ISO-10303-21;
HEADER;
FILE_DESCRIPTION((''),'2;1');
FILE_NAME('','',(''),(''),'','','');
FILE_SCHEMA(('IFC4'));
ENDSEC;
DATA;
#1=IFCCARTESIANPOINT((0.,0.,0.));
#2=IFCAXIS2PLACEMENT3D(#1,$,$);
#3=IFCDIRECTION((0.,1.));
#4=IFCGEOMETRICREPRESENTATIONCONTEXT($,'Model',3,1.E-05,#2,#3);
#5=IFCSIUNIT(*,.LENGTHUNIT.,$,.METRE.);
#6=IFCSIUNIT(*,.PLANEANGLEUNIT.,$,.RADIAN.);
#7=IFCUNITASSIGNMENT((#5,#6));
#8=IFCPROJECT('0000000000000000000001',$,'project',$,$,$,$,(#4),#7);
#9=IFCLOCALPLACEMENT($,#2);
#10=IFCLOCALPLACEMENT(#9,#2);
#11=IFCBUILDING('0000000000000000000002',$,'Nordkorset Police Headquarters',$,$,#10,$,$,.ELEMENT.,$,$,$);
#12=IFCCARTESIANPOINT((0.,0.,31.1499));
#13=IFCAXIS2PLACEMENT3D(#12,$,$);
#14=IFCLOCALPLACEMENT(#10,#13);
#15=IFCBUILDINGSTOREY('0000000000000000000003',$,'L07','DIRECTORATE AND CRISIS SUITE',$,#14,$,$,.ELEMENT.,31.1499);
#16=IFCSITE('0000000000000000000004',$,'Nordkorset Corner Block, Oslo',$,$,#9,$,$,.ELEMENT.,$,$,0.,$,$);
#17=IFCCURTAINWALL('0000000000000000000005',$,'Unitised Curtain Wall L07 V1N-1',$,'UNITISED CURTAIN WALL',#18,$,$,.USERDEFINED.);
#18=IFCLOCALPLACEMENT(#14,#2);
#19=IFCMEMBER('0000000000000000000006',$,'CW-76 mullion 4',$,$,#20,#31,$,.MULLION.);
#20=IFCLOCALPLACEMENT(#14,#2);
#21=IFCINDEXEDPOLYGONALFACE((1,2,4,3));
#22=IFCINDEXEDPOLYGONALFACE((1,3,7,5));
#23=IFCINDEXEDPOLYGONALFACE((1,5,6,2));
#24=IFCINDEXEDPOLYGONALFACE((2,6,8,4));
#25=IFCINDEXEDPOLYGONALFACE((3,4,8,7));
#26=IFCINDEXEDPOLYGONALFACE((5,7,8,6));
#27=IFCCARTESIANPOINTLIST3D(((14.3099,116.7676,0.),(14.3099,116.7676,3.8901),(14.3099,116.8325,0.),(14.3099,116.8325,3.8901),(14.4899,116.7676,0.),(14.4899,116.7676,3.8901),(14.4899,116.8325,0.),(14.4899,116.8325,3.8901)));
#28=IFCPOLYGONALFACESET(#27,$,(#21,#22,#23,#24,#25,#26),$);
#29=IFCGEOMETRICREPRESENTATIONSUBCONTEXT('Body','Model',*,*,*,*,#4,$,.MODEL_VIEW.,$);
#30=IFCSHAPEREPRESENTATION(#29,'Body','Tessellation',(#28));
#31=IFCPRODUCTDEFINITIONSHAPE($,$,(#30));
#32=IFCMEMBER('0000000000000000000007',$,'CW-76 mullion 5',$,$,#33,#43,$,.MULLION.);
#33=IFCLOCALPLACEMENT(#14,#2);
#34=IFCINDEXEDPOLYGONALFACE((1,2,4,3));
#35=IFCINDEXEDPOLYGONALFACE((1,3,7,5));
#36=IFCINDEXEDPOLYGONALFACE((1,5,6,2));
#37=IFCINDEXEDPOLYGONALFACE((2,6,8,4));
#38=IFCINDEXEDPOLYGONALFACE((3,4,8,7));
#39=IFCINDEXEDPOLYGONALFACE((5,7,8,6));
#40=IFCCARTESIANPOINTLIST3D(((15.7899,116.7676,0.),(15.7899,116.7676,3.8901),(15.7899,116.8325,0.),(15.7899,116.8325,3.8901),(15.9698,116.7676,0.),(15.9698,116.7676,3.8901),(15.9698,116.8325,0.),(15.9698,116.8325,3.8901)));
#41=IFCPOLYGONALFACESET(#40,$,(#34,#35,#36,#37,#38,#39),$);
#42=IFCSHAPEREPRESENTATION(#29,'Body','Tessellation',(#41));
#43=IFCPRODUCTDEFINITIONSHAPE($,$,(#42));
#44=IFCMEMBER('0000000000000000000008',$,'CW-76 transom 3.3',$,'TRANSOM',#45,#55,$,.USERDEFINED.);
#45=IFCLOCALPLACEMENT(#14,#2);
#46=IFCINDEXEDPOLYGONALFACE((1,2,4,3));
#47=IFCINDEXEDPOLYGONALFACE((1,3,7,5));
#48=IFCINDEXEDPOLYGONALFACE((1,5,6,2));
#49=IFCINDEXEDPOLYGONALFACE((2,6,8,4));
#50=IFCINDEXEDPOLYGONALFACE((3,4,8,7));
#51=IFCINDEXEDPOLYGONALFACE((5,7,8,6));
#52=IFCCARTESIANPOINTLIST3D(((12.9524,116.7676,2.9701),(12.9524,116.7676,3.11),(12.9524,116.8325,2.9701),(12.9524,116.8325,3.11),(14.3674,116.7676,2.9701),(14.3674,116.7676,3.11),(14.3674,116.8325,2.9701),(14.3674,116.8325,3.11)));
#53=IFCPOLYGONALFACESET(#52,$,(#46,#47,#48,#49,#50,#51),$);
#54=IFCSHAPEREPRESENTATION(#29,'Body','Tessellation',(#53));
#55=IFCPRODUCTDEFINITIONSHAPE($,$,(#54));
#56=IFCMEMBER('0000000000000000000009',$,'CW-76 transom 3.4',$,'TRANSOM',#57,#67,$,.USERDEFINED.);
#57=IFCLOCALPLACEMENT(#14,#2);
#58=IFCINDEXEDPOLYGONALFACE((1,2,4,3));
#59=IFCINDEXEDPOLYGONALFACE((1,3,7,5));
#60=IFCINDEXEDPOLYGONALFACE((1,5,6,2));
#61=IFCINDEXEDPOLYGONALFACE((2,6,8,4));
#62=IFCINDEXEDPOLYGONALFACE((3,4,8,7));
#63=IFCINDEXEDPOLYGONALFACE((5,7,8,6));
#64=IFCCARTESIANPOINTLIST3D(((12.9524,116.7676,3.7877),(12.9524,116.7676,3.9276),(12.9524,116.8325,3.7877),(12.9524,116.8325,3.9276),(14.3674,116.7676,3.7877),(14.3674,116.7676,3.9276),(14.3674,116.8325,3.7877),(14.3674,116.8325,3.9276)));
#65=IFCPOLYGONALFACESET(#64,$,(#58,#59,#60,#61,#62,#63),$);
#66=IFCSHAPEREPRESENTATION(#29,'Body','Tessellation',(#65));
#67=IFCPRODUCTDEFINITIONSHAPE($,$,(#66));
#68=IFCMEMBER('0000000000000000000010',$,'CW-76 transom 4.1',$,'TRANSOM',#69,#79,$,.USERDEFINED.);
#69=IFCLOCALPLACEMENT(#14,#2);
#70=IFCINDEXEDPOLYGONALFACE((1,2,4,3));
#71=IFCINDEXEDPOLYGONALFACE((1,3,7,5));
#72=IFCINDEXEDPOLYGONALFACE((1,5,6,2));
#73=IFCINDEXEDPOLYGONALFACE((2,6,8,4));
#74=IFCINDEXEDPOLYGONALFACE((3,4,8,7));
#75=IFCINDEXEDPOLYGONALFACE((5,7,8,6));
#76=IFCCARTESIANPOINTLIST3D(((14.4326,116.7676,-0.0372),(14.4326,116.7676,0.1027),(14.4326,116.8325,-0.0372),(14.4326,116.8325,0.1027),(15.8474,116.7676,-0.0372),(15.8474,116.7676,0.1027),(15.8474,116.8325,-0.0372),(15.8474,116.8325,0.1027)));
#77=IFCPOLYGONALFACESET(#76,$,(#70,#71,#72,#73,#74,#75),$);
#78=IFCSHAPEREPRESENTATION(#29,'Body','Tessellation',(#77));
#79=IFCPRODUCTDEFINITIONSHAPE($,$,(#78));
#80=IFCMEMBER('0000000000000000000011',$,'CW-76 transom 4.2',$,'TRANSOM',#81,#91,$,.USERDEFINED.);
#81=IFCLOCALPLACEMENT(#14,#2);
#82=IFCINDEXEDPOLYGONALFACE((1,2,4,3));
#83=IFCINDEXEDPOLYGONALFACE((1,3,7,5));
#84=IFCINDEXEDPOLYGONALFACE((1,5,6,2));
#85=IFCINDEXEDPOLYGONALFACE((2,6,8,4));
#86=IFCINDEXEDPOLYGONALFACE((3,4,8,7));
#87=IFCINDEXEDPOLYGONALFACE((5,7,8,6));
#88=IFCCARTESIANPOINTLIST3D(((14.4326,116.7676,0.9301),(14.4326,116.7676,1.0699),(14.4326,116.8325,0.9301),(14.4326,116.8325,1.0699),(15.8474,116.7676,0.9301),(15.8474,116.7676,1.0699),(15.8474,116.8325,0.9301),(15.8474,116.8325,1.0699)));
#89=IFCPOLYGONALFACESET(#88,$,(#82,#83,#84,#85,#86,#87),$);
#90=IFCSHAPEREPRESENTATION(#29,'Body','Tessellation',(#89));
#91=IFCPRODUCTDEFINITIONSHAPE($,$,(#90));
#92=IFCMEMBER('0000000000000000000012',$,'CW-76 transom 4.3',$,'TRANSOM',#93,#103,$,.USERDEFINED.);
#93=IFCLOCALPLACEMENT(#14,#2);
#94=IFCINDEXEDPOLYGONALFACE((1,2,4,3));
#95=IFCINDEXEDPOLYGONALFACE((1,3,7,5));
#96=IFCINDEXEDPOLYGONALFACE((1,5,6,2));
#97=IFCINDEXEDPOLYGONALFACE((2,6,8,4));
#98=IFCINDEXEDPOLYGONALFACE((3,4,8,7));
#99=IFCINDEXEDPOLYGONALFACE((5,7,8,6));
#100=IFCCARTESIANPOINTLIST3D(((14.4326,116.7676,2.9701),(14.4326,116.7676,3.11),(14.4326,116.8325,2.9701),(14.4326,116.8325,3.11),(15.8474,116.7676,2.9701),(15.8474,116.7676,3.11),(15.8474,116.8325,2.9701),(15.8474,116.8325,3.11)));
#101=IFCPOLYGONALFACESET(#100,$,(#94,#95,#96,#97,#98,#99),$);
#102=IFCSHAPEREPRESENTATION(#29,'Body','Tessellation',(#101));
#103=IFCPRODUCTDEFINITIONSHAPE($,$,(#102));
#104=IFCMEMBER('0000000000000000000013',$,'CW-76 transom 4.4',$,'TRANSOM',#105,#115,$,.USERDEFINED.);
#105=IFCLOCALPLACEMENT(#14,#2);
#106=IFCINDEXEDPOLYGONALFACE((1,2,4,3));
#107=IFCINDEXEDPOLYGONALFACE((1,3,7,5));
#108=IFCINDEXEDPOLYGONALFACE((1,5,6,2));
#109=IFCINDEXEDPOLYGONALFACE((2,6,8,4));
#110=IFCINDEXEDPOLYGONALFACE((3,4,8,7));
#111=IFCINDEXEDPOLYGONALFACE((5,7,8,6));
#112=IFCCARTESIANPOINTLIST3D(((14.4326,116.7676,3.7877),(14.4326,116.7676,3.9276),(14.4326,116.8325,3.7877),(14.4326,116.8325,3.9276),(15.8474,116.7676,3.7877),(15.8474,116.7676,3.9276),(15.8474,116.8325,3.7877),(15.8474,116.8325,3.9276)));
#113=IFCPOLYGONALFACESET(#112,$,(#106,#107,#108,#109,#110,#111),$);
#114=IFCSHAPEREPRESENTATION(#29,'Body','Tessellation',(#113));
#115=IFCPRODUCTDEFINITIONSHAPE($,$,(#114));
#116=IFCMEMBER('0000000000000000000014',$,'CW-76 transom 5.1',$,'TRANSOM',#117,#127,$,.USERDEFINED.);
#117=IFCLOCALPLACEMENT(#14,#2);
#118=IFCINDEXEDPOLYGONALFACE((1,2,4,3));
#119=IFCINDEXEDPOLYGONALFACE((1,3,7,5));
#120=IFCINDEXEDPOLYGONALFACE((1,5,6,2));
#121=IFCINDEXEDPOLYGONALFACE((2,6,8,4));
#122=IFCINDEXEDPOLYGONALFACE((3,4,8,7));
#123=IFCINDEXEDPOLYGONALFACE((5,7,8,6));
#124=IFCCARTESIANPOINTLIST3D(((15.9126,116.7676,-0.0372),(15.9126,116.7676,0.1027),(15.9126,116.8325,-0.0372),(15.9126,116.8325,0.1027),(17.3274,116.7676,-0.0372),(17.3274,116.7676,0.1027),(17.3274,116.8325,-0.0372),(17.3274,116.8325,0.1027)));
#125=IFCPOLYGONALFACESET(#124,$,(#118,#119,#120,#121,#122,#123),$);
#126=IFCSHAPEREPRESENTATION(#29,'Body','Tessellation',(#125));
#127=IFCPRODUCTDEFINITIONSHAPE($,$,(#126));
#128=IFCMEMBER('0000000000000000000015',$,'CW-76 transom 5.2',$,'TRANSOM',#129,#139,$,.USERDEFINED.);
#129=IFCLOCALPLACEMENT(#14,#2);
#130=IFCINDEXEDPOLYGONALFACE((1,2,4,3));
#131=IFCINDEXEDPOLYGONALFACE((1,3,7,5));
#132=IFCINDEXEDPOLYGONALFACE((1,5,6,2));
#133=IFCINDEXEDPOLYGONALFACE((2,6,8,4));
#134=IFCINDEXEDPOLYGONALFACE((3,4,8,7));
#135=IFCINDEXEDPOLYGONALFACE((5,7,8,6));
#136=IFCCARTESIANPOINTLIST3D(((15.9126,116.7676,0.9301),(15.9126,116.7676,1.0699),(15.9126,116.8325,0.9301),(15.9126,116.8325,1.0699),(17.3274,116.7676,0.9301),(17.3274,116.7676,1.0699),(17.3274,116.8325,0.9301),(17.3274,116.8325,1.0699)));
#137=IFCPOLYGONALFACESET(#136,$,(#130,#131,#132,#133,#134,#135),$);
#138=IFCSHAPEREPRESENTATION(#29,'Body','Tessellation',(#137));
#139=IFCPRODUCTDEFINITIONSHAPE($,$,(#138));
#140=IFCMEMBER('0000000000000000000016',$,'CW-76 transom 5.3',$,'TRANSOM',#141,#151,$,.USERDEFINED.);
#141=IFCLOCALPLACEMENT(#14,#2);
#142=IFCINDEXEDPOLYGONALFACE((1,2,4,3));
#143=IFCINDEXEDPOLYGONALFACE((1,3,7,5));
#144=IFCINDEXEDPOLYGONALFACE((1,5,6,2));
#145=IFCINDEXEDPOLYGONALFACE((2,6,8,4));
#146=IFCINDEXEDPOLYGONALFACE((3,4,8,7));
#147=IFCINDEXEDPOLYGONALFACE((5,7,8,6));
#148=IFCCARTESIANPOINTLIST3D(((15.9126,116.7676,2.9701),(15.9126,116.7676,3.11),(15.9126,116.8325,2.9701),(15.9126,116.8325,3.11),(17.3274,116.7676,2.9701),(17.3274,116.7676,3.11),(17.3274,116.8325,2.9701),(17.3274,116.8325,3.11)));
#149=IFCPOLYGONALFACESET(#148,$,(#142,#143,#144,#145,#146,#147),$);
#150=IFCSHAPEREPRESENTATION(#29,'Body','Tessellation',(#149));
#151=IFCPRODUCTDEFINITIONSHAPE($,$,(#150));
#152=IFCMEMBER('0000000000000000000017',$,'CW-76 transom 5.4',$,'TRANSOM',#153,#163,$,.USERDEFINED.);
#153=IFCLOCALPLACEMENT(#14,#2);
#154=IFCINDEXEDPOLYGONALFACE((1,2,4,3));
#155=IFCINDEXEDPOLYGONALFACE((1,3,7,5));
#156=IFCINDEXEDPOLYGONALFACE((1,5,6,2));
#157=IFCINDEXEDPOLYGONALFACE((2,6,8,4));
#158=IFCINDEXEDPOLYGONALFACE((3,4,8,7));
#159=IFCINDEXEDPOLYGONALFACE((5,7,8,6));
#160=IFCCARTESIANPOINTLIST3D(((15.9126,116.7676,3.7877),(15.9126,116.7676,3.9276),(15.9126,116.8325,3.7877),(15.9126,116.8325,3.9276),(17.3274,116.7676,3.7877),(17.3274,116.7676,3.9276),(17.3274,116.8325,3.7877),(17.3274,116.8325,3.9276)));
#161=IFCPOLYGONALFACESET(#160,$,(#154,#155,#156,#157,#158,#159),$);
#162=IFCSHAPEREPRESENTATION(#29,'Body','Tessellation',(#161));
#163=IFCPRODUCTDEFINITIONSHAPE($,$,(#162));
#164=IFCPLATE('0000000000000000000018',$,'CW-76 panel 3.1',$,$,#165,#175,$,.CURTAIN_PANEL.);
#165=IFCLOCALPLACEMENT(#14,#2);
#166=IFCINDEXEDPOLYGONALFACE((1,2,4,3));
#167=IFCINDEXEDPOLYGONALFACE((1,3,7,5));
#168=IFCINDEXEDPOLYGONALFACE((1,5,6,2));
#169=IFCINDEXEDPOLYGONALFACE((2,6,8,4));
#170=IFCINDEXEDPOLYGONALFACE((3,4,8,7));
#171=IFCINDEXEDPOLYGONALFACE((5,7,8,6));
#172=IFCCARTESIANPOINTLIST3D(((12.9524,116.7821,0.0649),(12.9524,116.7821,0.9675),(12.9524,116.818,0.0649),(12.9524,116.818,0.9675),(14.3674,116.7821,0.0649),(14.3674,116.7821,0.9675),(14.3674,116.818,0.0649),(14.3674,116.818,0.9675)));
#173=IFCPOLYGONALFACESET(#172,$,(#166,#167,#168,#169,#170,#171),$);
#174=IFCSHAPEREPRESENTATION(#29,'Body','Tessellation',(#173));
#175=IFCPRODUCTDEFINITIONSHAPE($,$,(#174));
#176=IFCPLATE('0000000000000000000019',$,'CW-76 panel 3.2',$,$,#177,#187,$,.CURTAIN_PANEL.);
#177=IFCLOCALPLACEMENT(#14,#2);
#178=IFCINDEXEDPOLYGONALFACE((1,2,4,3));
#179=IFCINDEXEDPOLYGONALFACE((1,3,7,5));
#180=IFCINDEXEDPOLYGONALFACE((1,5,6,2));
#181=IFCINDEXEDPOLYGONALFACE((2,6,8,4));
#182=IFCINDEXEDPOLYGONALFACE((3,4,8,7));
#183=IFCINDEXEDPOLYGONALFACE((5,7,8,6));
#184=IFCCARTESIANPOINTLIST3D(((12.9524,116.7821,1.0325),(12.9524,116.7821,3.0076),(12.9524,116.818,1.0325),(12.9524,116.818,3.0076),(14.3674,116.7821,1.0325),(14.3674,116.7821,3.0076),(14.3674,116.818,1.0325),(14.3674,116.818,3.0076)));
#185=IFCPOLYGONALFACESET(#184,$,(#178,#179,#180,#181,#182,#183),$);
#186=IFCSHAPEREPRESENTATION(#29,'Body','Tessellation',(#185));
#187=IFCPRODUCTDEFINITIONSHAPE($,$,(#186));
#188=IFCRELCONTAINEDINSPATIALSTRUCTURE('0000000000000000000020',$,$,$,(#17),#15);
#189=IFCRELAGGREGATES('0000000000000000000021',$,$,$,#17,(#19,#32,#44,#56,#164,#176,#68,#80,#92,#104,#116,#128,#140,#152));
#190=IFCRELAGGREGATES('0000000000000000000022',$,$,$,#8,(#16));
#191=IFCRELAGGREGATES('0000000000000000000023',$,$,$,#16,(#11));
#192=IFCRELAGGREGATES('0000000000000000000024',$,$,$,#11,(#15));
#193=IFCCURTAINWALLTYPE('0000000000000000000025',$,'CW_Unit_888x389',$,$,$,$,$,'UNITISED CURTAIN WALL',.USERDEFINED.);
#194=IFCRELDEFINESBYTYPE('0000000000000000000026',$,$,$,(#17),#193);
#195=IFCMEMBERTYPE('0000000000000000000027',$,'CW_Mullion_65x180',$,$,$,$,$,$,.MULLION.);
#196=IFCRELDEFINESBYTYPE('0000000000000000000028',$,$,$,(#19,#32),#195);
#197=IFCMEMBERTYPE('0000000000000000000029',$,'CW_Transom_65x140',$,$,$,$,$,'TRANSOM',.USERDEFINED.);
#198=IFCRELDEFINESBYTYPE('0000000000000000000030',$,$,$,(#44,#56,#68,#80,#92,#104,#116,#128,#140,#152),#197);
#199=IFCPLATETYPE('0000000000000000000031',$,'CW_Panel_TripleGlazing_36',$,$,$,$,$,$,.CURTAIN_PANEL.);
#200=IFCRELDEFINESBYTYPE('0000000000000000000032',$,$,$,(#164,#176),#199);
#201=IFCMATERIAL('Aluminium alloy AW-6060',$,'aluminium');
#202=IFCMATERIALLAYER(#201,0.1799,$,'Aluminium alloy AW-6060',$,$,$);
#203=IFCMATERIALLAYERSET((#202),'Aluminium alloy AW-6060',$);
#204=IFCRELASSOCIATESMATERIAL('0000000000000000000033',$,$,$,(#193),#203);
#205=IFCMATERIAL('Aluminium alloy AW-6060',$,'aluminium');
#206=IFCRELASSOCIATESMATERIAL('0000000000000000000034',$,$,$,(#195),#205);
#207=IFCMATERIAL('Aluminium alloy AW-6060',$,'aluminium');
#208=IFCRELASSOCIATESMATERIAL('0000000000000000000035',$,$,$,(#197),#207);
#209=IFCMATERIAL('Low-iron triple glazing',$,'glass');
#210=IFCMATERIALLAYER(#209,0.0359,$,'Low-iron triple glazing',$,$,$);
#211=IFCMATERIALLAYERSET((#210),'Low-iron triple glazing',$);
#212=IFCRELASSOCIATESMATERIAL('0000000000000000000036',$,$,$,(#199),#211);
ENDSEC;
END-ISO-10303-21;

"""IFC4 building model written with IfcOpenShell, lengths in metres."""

from ifc_helpers import new_model, si_unit, direction, frame, origin, origin_2d, place, context, subcontext, project, spatial, rectangle, extrude, material, layer, layer_set, material_profile, profile_set, type_object, element, aggregate, save


model = new_model("IFC4")

# Units and contexts
model_context = context("Model", 3, precision=1e-05, world=origin(), true_north=direction((0.0, 1.0)))
body_context = subcontext(model_context, "Body", "Model", "MODEL_VIEW")
ifc_project = project(units=[si_unit("LENGTHUNIT", "METRE"), si_unit("PLANEANGLEUNIT", "RADIAN")], contexts=[model_context])

# Site, building, storey
site_placement = place(None, origin())
site = spatial("IfcSite", under=ifc_project, at=site_placement, Name="Nordkorset Corner Block, Oslo", CompositionType="ELEMENT", RefElevation=0.0)
building_placement = place(site_placement, origin())
building = spatial("IfcBuilding", under=site, at=building_placement, Name="Nordkorset Police Headquarters", CompositionType="ELEMENT")
storey_placement = place(building_placement, frame((0.0, 0.0, 31.1499)))
storey = spatial("IfcBuildingStorey", under=building, at=storey_placement, Name="L07", Description="DIRECTORATE AND CRISIS SUITE", CompositionType="ELEMENT", Elevation=31.1499)

# Curtain wall, members, plates
ifc_material_1 = material(Name="Aluminium alloy AW-6060", Category="aluminium")
ifc_layer_1 = layer(ifc_material_1, 0.1799, Name="Aluminium alloy AW-6060")
ifc_layer_set_1 = layer_set([ifc_layer_1], Name="Aluminium alloy AW-6060")
curtain_wall_type = type_object("IfcCurtainWallType", Name="CW_Unit_888x389", ElementType="UNITISED CURTAIN WALL", PredefinedType="USERDEFINED", material=ifc_layer_set_1)
curtain_wall_placement = place(storey_placement, origin())
curtain_wall = element("IfcCurtainWall", 1, at=curtain_wall_placement, inside=storey, type_object=curtain_wall_type, Name="Unitised Curtain Wall L07 V1N-1", ObjectType="UNITISED CURTAIN WALL", PredefinedType="USERDEFINED")
ifc_material_2 = material(Name="Aluminium alloy AW-6060", Category="aluminium")
ifc_material_profile_1 = material_profile(ifc_material_2, rectangle(XDim=0.0649, YDim=0.1799, at=origin_2d()), Name="ALU MULL 65x180")
ifc_profile_set_1 = profile_set([ifc_material_profile_1], Name="Aluminium alloy AW-6060")
member_type_1 = type_object("IfcMemberType", Name="CW_Mullion_65x180", PredefinedType="MULLION", material=ifc_profile_set_1)
member_1_placement = place(storey_placement, frame((14.3999, 116.8, 0.0), z_axis=(0.0, 0.0, 1.0), x_axis=(0.0, 1.0, 0.0)))
member_1 = element("IfcMember", 2, at=member_1_placement, type_object=member_type_1, Name="CW-76 mullion 4", PredefinedType="MULLION", context=body_context, shape_type="SweptSolid", body=[
    extrude(rectangle(XDim=0.0649, YDim=0.1799, at=origin_2d()), origin(), (0.0, 0.0, 1.0), 3.8901),
])
member_2_placement = place(storey_placement, frame((15.8799, 116.8, 0.0), z_axis=(0.0, 0.0, 1.0), x_axis=(0.0, 1.0, 0.0)))
member_2 = element("IfcMember", 3, at=member_2_placement, type_object=member_type_1, Name="CW-76 mullion 5", PredefinedType="MULLION", context=body_context, shape_type="SweptSolid", body=[
    extrude(rectangle(XDim=0.0649, YDim=0.1799, at=origin_2d()), origin(), (0.0, 0.0, 1.0), 3.8901),
])
ifc_material_3 = material(Name="Aluminium alloy AW-6060", Category="aluminium")
ifc_material_profile_2 = material_profile(ifc_material_3, rectangle(XDim=0.0649, YDim=0.1399, at=origin_2d()), Name="ALU TRAN 65x140")
ifc_profile_set_2 = profile_set([ifc_material_profile_2], Name="Aluminium alloy AW-6060")
member_type_2 = type_object("IfcMemberType", Name="CW_Transom_65x140", ElementType="TRANSOM", PredefinedType="USERDEFINED", material=ifc_profile_set_2)
member_3_placement = place(storey_placement, frame((12.9524, 116.8, 3.04), z_axis=(1.0, 0.0, 0.0), x_axis=(0.0, 1.0, 0.0)))
member_3 = element("IfcMember", 4, at=member_3_placement, type_object=member_type_2, Name="CW-76 transom 3.3", ObjectType="TRANSOM", PredefinedType="USERDEFINED", context=body_context, shape_type="SweptSolid", body=[
    extrude(rectangle(XDim=0.0649, YDim=0.1399, at=origin_2d()), origin(), (0.0, 0.0, 1.0), 1.415),
])
member_4_placement = place(storey_placement, frame((12.9524, 116.8, 3.8577), z_axis=(1.0, 0.0, 0.0), x_axis=(0.0, 1.0, 0.0)))
member_4 = element("IfcMember", 5, at=member_4_placement, type_object=member_type_2, Name="CW-76 transom 3.4", ObjectType="TRANSOM", PredefinedType="USERDEFINED", context=body_context, shape_type="SweptSolid", body=[
    extrude(rectangle(XDim=0.0649, YDim=0.1399, at=origin_2d()), origin(), (0.0, 0.0, 1.0), 1.415),
])
member_5_placement = place(storey_placement, frame((14.4326, 116.8, 0.0327), z_axis=(1.0, 0.0, 0.0), x_axis=(0.0, 1.0, 0.0)))
member_5 = element("IfcMember", 6, at=member_5_placement, type_object=member_type_2, Name="CW-76 transom 4.1", ObjectType="TRANSOM", PredefinedType="USERDEFINED", context=body_context, shape_type="SweptSolid", body=[
    extrude(rectangle(XDim=0.0649, YDim=0.1399, at=origin_2d()), origin(), (0.0, 0.0, 1.0), 1.4148),
])
member_6_placement = place(storey_placement, frame((14.4326, 116.8, 1.0), z_axis=(1.0, 0.0, 0.0), x_axis=(0.0, 1.0, 0.0)))
member_6 = element("IfcMember", 7, at=member_6_placement, type_object=member_type_2, Name="CW-76 transom 4.2", ObjectType="TRANSOM", PredefinedType="USERDEFINED", context=body_context, shape_type="SweptSolid", body=[
    extrude(rectangle(XDim=0.0649, YDim=0.1399, at=origin_2d()), origin(), (0.0, 0.0, 1.0), 1.4148),
])
member_7_placement = place(storey_placement, frame((14.4326, 116.8, 3.04), z_axis=(1.0, 0.0, 0.0), x_axis=(0.0, 1.0, 0.0)))
member_7 = element("IfcMember", 8, at=member_7_placement, type_object=member_type_2, Name="CW-76 transom 4.3", ObjectType="TRANSOM", PredefinedType="USERDEFINED", context=body_context, shape_type="SweptSolid", body=[
    extrude(rectangle(XDim=0.0649, YDim=0.1399, at=origin_2d()), origin(), (0.0, 0.0, 1.0), 1.4148),
])
member_8_placement = place(storey_placement, frame((14.4326, 116.8, 3.8577), z_axis=(1.0, 0.0, 0.0), x_axis=(0.0, 1.0, 0.0)))
member_8 = element("IfcMember", 9, at=member_8_placement, type_object=member_type_2, Name="CW-76 transom 4.4", ObjectType="TRANSOM", PredefinedType="USERDEFINED", context=body_context, shape_type="SweptSolid", body=[
    extrude(rectangle(XDim=0.0649, YDim=0.1399, at=origin_2d()), origin(), (0.0, 0.0, 1.0), 1.4148),
])
member_9_placement = place(storey_placement, frame((15.9126, 116.8, 0.0327), z_axis=(1.0, 0.0, 0.0), x_axis=(0.0, 1.0, 0.0)))
member_9 = element("IfcMember", 10, at=member_9_placement, type_object=member_type_2, Name="CW-76 transom 5.1", ObjectType="TRANSOM", PredefinedType="USERDEFINED", context=body_context, shape_type="SweptSolid", body=[
    extrude(rectangle(XDim=0.0649, YDim=0.1399, at=origin_2d()), origin(), (0.0, 0.0, 1.0), 1.4148),
])
member_10_placement = place(storey_placement, frame((15.9126, 116.8, 1.0), z_axis=(1.0, 0.0, 0.0), x_axis=(0.0, 1.0, 0.0)))
member_10 = element("IfcMember", 11, at=member_10_placement, type_object=member_type_2, Name="CW-76 transom 5.2", ObjectType="TRANSOM", PredefinedType="USERDEFINED", context=body_context, shape_type="SweptSolid", body=[
    extrude(rectangle(XDim=0.0649, YDim=0.1399, at=origin_2d()), origin(), (0.0, 0.0, 1.0), 1.4148),
])
member_11_placement = place(storey_placement, frame((15.9126, 116.8, 3.04), z_axis=(1.0, 0.0, 0.0), x_axis=(0.0, 1.0, 0.0)))
member_11 = element("IfcMember", 12, at=member_11_placement, type_object=member_type_2, Name="CW-76 transom 5.3", ObjectType="TRANSOM", PredefinedType="USERDEFINED", context=body_context, shape_type="SweptSolid", body=[
    extrude(rectangle(XDim=0.0649, YDim=0.1399, at=origin_2d()), origin(), (0.0, 0.0, 1.0), 1.4148),
])
member_12_placement = place(storey_placement, frame((15.9126, 116.8, 3.8577), z_axis=(1.0, 0.0, 0.0), x_axis=(0.0, 1.0, 0.0)))
member_12 = element("IfcMember", 13, at=member_12_placement, type_object=member_type_2, Name="CW-76 transom 5.4", ObjectType="TRANSOM", PredefinedType="USERDEFINED", context=body_context, shape_type="SweptSolid", body=[
    extrude(rectangle(XDim=0.0649, YDim=0.1399, at=origin_2d()), origin(), (0.0, 0.0, 1.0), 1.4148),
])
ifc_material_4 = material(Name="Low-iron triple glazing", Category="glass")
ifc_layer_2 = layer(ifc_material_4, 0.0359, Name="Low-iron triple glazing")
ifc_layer_set_2 = layer_set([ifc_layer_2], Name="Low-iron triple glazing")
plate_type = type_object("IfcPlateType", Name="CW_Panel_TripleGlazing_36", PredefinedType="CURTAIN_PANEL", material=ifc_layer_set_2)
plate_1_placement = place(storey_placement, frame((13.6599, 116.8, 0.0649), z_axis=(0.0, 0.0, 1.0), x_axis=(1.0, 0.0, 0.0)))
plate_1 = element("IfcPlate", 14, at=plate_1_placement, type_object=plate_type, Name="CW-76 panel 3.1", PredefinedType="CURTAIN_PANEL", context=body_context, shape_type="SweptSolid", body=[
    extrude(rectangle(XDim=1.415, YDim=0.0359, at=origin_2d()), origin(), (0.0, 0.0, 1.0), 0.9026),
])
plate_2_placement = place(storey_placement, frame((13.6599, 116.8, 1.0325), z_axis=(0.0, 0.0, 1.0), x_axis=(1.0, 0.0, 0.0)))
plate_2 = element("IfcPlate", 15, at=plate_2_placement, type_object=plate_type, Name="CW-76 panel 3.2", PredefinedType="CURTAIN_PANEL", context=body_context, shape_type="SweptSolid", body=[
    extrude(rectangle(XDim=1.415, YDim=0.0359, at=origin_2d()), origin(), (0.0, 0.0, 1.0), 1.9751),
])
aggregate(curtain_wall, [member_1, member_2, member_3, member_4, plate_1, plate_2, member_5, member_6, member_7, member_8, member_9, member_10, member_11, member_12])

save(model, "model.ifc")
